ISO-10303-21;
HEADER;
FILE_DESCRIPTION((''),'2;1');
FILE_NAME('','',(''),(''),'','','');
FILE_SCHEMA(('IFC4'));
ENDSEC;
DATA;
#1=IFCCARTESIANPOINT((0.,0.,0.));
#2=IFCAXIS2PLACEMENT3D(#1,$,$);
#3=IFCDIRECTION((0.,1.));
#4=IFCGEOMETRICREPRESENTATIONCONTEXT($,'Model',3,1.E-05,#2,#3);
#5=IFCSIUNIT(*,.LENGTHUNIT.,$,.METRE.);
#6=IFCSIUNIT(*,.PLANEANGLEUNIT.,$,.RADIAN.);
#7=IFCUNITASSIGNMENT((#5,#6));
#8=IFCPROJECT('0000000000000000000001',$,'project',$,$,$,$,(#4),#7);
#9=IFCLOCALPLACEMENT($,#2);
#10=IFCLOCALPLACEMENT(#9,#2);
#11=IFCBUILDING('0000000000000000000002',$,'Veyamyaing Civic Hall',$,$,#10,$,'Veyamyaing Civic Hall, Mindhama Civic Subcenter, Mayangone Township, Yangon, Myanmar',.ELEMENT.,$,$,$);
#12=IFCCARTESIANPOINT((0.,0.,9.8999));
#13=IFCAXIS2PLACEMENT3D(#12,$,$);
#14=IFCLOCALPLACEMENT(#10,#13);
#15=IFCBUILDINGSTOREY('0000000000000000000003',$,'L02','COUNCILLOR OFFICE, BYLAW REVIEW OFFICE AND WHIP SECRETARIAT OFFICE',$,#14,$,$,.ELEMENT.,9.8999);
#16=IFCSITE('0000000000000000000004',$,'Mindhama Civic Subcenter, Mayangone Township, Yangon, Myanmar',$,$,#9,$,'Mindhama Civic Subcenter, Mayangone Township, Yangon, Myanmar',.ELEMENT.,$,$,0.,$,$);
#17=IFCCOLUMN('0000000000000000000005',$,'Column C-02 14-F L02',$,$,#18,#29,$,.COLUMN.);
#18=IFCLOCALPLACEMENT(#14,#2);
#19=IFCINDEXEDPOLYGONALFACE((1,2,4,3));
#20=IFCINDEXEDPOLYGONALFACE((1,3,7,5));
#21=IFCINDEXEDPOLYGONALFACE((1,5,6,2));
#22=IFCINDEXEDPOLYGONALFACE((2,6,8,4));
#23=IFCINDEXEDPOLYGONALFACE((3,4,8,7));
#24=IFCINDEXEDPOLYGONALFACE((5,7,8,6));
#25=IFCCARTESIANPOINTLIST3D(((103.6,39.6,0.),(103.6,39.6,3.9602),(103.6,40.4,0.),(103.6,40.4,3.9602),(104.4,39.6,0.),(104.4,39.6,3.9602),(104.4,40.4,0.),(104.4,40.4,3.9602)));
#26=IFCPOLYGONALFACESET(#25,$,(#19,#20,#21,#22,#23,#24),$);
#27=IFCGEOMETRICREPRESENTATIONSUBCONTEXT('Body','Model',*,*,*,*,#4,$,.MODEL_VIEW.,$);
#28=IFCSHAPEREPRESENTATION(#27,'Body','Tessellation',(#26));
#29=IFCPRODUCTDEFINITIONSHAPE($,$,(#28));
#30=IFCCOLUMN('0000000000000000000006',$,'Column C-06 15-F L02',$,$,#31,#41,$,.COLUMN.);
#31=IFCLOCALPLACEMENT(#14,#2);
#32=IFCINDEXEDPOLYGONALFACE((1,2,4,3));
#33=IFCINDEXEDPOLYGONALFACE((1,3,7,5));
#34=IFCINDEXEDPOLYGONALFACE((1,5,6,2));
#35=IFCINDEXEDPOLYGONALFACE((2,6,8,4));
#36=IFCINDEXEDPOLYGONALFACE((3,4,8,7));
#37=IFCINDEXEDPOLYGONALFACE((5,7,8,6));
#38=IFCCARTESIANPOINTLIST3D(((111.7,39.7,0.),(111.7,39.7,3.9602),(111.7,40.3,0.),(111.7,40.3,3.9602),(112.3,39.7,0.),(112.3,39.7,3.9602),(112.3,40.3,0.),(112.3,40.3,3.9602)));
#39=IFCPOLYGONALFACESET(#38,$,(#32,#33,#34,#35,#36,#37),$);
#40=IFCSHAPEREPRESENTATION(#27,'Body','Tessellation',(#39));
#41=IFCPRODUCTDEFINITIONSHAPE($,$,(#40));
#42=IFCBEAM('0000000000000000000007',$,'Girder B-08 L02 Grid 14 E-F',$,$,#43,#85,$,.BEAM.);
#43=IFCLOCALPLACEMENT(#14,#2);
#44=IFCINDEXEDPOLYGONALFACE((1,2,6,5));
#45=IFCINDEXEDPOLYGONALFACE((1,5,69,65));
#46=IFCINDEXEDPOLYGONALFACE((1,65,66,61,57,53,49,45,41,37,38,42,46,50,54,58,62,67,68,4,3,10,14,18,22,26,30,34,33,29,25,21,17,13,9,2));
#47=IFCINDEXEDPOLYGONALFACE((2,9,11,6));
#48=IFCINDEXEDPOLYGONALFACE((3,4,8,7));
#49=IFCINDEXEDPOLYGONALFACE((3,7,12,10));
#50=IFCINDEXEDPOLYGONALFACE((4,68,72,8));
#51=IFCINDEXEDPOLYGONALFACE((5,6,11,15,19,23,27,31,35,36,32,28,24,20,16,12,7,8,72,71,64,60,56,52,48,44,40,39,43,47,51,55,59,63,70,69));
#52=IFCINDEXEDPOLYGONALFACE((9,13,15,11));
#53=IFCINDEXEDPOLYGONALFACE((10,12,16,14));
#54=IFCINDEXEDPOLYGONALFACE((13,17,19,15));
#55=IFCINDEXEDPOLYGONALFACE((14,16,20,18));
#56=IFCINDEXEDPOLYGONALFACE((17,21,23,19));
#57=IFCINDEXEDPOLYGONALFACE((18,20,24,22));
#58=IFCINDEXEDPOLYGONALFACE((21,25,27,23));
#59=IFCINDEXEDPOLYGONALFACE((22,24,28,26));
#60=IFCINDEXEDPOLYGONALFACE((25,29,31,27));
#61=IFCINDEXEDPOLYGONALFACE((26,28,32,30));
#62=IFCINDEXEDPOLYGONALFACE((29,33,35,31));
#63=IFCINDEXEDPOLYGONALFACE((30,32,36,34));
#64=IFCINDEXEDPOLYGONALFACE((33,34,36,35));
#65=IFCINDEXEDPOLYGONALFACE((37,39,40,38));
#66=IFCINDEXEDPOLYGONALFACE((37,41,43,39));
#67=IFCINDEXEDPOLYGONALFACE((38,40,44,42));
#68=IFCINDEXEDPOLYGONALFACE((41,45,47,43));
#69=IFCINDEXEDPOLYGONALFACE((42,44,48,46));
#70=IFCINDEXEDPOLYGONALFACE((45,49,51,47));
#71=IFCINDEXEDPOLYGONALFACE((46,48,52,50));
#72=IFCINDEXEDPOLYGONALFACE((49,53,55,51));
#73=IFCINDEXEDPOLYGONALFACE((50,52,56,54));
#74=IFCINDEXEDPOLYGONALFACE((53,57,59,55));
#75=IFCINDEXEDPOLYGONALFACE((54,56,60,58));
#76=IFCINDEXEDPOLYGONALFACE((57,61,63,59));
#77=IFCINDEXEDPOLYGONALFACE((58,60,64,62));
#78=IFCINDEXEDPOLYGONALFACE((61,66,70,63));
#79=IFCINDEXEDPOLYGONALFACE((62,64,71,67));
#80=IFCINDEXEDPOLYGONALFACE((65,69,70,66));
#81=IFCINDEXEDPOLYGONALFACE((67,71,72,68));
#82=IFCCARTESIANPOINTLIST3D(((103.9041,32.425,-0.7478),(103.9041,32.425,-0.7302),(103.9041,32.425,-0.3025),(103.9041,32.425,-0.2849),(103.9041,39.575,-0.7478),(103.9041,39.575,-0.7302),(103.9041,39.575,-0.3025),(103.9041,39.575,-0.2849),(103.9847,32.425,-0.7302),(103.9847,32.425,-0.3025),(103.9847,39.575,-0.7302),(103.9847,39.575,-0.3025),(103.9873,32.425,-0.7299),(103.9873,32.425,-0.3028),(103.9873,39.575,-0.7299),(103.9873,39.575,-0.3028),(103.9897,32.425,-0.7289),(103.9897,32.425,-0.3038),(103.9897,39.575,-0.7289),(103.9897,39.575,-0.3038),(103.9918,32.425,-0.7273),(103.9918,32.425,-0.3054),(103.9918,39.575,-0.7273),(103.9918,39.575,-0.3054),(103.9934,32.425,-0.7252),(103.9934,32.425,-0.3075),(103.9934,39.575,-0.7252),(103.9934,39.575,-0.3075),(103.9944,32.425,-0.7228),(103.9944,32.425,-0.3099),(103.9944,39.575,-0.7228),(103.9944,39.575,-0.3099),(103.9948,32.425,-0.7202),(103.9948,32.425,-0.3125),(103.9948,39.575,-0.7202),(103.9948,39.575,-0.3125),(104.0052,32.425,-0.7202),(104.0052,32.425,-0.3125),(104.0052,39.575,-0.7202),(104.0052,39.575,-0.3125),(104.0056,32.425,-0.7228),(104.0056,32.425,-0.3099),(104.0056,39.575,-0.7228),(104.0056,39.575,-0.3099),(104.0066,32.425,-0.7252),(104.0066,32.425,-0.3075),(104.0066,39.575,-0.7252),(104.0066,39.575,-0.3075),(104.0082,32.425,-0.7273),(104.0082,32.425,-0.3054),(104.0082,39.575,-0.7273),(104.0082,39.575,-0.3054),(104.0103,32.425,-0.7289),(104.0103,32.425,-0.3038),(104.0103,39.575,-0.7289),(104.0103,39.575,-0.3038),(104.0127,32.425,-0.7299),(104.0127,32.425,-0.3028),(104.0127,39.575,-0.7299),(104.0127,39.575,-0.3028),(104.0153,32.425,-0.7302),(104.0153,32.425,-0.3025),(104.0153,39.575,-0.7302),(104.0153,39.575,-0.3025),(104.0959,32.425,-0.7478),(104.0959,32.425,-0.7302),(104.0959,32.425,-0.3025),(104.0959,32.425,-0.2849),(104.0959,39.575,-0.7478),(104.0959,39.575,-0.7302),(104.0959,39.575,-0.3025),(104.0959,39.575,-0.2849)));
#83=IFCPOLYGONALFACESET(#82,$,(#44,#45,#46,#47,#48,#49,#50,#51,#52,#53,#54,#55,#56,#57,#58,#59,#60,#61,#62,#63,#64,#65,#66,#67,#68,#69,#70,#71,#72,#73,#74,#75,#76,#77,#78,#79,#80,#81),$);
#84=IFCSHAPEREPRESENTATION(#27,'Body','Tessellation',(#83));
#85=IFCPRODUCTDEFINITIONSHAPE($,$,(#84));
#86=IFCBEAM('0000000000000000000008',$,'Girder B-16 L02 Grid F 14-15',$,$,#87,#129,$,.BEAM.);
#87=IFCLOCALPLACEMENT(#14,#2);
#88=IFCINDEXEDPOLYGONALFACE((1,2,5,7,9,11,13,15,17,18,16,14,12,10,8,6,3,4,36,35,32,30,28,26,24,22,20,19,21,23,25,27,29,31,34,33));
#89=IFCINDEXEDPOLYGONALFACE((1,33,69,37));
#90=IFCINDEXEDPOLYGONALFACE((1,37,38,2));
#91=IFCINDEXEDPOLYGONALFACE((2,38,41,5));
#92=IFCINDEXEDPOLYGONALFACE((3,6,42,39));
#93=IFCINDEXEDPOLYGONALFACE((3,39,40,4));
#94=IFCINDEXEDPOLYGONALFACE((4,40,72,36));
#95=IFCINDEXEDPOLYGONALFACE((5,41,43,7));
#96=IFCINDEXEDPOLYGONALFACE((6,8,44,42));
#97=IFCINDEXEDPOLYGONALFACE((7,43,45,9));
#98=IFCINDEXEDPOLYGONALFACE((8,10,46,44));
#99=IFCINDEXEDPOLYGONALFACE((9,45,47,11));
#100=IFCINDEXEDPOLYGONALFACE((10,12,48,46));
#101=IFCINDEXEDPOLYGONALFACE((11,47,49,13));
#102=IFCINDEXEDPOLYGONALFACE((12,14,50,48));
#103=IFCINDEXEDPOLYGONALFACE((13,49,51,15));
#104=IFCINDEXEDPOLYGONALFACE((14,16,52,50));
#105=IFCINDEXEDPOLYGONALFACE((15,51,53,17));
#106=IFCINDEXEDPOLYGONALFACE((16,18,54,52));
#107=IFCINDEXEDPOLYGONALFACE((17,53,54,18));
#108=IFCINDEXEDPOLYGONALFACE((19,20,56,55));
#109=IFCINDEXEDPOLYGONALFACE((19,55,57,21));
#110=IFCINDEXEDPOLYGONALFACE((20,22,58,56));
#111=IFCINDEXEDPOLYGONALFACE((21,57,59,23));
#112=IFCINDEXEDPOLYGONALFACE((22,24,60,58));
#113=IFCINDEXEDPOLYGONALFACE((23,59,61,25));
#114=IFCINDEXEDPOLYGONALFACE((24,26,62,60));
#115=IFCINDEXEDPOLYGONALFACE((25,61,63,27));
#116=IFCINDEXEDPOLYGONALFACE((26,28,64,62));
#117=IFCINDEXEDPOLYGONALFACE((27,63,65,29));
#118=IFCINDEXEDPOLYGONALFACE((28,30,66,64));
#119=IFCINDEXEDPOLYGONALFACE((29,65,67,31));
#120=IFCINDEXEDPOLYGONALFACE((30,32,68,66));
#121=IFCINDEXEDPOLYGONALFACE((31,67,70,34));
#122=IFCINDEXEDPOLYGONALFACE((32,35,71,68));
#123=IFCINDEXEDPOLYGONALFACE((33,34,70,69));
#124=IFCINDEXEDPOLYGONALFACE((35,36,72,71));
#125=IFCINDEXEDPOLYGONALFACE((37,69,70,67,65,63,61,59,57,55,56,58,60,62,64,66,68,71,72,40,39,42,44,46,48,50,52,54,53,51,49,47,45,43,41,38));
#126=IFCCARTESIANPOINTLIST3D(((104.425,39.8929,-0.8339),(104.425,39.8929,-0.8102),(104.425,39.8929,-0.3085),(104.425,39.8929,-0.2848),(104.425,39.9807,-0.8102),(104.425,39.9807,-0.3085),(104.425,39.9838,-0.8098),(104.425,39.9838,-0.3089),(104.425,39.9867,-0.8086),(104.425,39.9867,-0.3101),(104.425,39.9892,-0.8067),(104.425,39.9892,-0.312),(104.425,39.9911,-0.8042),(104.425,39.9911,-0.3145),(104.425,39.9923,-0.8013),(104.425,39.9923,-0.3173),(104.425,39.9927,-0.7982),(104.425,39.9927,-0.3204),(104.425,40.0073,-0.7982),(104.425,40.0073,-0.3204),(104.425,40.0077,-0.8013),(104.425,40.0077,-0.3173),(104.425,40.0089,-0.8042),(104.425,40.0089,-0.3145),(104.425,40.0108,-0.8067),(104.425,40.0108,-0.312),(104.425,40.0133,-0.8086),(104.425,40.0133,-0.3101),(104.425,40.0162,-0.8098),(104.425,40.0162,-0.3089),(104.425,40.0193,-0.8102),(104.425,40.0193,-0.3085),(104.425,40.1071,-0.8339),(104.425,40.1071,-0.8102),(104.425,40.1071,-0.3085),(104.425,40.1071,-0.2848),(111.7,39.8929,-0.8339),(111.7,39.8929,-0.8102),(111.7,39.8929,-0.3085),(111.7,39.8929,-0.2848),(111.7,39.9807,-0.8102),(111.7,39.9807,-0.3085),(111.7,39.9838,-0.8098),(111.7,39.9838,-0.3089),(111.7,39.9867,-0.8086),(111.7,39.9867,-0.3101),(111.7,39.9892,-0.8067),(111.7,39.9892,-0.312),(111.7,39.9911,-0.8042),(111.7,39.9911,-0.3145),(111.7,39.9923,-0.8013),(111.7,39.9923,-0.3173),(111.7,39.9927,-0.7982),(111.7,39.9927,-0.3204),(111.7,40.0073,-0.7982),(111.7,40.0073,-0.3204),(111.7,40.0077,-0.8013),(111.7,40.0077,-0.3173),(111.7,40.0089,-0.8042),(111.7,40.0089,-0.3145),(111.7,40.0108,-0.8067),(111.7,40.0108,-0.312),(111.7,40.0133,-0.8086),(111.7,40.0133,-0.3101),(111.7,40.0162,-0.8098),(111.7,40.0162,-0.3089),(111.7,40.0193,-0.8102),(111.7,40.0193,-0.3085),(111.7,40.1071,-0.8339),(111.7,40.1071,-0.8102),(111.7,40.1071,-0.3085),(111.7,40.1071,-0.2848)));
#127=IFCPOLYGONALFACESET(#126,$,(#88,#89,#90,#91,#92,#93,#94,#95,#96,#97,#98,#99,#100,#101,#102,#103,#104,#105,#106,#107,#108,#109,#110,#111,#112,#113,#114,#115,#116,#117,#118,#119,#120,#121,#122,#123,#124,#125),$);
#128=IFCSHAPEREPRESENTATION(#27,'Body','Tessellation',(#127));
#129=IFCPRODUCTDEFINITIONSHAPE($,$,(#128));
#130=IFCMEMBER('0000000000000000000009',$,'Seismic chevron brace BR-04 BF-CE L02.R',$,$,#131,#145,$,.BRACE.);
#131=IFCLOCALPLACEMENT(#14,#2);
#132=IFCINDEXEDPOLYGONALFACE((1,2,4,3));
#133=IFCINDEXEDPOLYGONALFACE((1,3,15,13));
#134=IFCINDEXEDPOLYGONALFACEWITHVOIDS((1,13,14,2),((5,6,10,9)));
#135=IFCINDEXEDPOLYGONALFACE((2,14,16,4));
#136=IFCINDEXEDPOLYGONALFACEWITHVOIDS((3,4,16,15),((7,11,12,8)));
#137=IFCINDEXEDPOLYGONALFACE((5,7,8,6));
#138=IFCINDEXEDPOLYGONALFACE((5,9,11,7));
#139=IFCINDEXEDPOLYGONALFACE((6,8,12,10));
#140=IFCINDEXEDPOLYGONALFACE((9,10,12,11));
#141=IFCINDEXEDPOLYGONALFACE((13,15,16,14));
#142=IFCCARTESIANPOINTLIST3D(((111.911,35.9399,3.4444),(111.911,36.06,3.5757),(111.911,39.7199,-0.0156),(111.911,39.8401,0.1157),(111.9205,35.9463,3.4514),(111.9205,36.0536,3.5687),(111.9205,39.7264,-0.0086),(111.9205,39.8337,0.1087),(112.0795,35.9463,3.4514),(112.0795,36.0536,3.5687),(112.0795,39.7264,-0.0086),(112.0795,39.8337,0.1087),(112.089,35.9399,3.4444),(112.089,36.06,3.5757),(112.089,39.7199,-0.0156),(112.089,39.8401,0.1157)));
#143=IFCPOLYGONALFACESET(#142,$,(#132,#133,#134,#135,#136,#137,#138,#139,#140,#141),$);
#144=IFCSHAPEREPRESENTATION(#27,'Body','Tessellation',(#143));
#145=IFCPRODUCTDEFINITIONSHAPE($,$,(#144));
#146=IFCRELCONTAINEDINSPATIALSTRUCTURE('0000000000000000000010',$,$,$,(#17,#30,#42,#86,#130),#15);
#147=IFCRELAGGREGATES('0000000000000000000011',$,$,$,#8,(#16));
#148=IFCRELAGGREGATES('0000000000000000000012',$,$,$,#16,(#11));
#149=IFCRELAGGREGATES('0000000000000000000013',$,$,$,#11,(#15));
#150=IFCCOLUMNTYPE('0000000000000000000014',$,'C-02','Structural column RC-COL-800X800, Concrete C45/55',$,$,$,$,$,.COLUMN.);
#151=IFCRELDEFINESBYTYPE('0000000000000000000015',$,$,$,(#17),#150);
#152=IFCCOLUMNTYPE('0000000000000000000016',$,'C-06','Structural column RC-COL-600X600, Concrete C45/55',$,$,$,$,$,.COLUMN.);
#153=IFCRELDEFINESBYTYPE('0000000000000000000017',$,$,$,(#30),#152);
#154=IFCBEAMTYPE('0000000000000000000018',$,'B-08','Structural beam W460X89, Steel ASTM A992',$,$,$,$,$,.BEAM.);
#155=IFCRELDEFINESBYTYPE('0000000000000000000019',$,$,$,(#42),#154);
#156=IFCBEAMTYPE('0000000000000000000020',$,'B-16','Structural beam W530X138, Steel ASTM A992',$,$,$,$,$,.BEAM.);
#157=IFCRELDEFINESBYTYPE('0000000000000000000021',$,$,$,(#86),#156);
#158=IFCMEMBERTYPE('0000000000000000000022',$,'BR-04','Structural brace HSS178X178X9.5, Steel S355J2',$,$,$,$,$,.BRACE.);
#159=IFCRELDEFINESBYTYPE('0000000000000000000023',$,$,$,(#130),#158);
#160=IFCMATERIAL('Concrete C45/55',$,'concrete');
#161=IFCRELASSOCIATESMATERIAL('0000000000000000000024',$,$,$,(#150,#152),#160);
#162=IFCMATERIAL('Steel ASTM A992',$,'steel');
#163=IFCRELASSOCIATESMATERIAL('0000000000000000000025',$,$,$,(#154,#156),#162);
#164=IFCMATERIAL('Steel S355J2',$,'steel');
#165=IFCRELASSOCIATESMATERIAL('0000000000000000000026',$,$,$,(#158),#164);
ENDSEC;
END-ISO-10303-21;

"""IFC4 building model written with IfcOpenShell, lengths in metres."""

from ifc_helpers import new_model, si_unit, direction, frame, origin, origin_2d, place, context, subcontext, project, spatial, rectangle, hollow_rectangle, i_section, extrude, material, material_profile, profile_set, type_object, element, save


model = new_model("IFC4")

# Units and contexts
model_context = context("Model", 3, precision=1e-05, world=origin(), true_north=direction((0.0, 1.0)))
body_context = subcontext(model_context, "Body", "Model", "MODEL_VIEW")
ifc_project = project(units=[si_unit("LENGTHUNIT", "METRE"), si_unit("PLANEANGLEUNIT", "RADIAN")], contexts=[model_context])

# Site, building, storey
site_placement = place(None, origin())
site = spatial("IfcSite", under=ifc_project, at=site_placement, Name="Mindhama Civic Subcenter, Mayangone Township, Yangon, Myanmar", LongName="Mindhama Civic Subcenter, Mayangone Township, Yangon, Myanmar", CompositionType="ELEMENT", RefElevation=0.0)
building_placement = place(site_placement, origin())
building = spatial("IfcBuilding", under=site, at=building_placement, Name="Veyamyaing Civic Hall", LongName="Veyamyaing Civic Hall, Mindhama Civic Subcenter, Mayangone Township, Yangon, Myanmar", CompositionType="ELEMENT")
storey_placement = place(building_placement, frame((0.0, 0.0, 9.8999)))
storey = spatial("IfcBuildingStorey", under=building, at=storey_placement, Name="L02", Description="COUNCILLOR OFFICE, BYLAW REVIEW OFFICE AND WHIP SECRETARIAT OFFICE", CompositionType="ELEMENT", Elevation=9.8999)

# Columns
ifc_material_1 = material(Name="Concrete C45/55", Category="concrete")
ifc_material_profile_1 = material_profile(ifc_material_1, rectangle(XDim=0.8, YDim=0.8, at=origin_2d()), Name="RC-COL-800X800")
ifc_profile_set_1 = profile_set([ifc_material_profile_1], Name="Concrete C45/55")
column_type_1 = type_object("IfcColumnType", Name="C-02", Description="Structural column RC-COL-800X800, Concrete C45/55", PredefinedType="COLUMN", material=ifc_profile_set_1)
column_1_placement = place(storey_placement, frame((104.0, 40.0, 0.0), z_axis=(0.0, 0.0, 1.0), x_axis=(1.0, 0.0, 0.0)))
element("IfcColumn", 1, at=column_1_placement, inside=storey, type_object=column_type_1, Name="Column C-02 14-F L02", PredefinedType="COLUMN", context=body_context, shape_type="SweptSolid", body=[
    extrude(rectangle(XDim=0.8, YDim=0.8, at=origin_2d()), origin(), (0.0, 0.0, 1.0), 3.9602),
])
ifc_material_profile_2 = material_profile(ifc_material_1, rectangle(XDim=0.6001, YDim=0.6001, at=origin_2d()), Name="RC-COL-600X600")
ifc_profile_set_2 = profile_set([ifc_material_profile_2], Name="Concrete C45/55")
column_type_2 = type_object("IfcColumnType", Name="C-06", Description="Structural column RC-COL-600X600, Concrete C45/55", PredefinedType="COLUMN", material=ifc_profile_set_2)
column_2_placement = place(storey_placement, frame((112.0, 40.0, 0.0), z_axis=(0.0, 0.0, 1.0), x_axis=(1.0, 0.0, 0.0)))
element("IfcColumn", 2, at=column_2_placement, inside=storey, type_object=column_type_2, Name="Column C-06 15-F L02", PredefinedType="COLUMN", context=body_context, shape_type="SweptSolid", body=[
    extrude(rectangle(XDim=0.6001, YDim=0.6001, at=origin_2d()), origin(), (0.0, 0.0, 1.0), 3.9602),
])

# Beams
ifc_material_2 = material(Name="Steel ASTM A992", Category="steel")
ifc_material_profile_3 = material_profile(ifc_material_2, i_section(OverallWidth=0.1919, OverallDepth=0.4629, WebThickness=0.0105, FlangeThickness=0.0176, FilletRadius=0.01, at=origin_2d()), Name="W460X89")
ifc_profile_set_3 = profile_set([ifc_material_profile_3], Name="Steel ASTM A992")
beam_type_1 = type_object("IfcBeamType", Name="B-08", Description="Structural beam W460X89, Steel ASTM A992", PredefinedType="BEAM", material=ifc_profile_set_3)
beam_1_placement = place(storey_placement, frame((104.0, 32.425, -0.5164), z_axis=(0.0, 1.0, 0.0), x_axis=(-1.0, 0.0, 0.0)))
element("IfcBeam", 3, at=beam_1_placement, inside=storey, type_object=beam_type_1, Name="Girder B-08 L02 Grid 14 E-F", PredefinedType="BEAM", context=body_context, shape_type="SweptSolid", body=[
    extrude(i_section(OverallWidth=0.1919, OverallDepth=0.4629, WebThickness=0.0105, FlangeThickness=0.0176, FilletRadius=0.01, at=origin_2d()), origin(), (0.0, 0.0, 1.0), 7.1499),
])
ifc_material_profile_4 = material_profile(ifc_material_2, i_section(OverallWidth=0.2141, OverallDepth=0.5491, WebThickness=0.0146, FlangeThickness=0.0237, FilletRadius=0.012, at=origin_2d()), Name="W530X138")
ifc_profile_set_4 = profile_set([ifc_material_profile_4], Name="Steel ASTM A992")
beam_type_2 = type_object("IfcBeamType", Name="B-16", Description="Structural beam W530X138, Steel ASTM A992", PredefinedType="BEAM", material=ifc_profile_set_4)
beam_2_placement = place(storey_placement, frame((104.425, 40.0, -0.5593), z_axis=(1.0, 0.0, 0.0), x_axis=(0.0, 1.0, 0.0)))
element("IfcBeam", 4, at=beam_2_placement, inside=storey, type_object=beam_type_2, Name="Girder B-16 L02 Grid F 14-15", PredefinedType="BEAM", context=body_context, shape_type="SweptSolid", body=[
    extrude(i_section(OverallWidth=0.2141, OverallDepth=0.5491, WebThickness=0.0146, FlangeThickness=0.0237, FilletRadius=0.012, at=origin_2d()), origin(), (0.0, 0.0, 1.0), 7.2749),
])

# Member
ifc_material_3 = material(Name="Steel S355J2", Category="steel")
ifc_material_profile_5 = material_profile(ifc_material_3, hollow_rectangle(XDim=0.178, YDim=0.178, WallThickness=0.0095, at=origin_2d()), Name="HSS178X178X9.5")
ifc_profile_set_5 = profile_set([ifc_material_profile_5], Name="Steel S355J2")
member_type = type_object("IfcMemberType", Name="BR-04", Description="Structural brace HSS178X178X9.5, Steel S355J2", PredefinedType="BRACE", material=ifc_profile_set_5)
member_placement = place(storey_placement, frame((112.0, 39.78, 0.05), z_axis=(0.0, -0.737646, 0.675187), x_axis=(1.0, 0.0, 0.0)))
element("IfcMember", 5, at=member_placement, inside=storey, type_object=member_type, Name="Seismic chevron brace BR-04 BF-CE L02.R", PredefinedType="BRACE", context=body_context, shape_type="SweptSolid", body=[
    extrude(hollow_rectangle(XDim=0.178, YDim=0.178, WallThickness=0.0095, at=origin_2d()), origin(), (0.0, 0.0, 1.0), 5.1245),
])

save(model, "model.ifc")
